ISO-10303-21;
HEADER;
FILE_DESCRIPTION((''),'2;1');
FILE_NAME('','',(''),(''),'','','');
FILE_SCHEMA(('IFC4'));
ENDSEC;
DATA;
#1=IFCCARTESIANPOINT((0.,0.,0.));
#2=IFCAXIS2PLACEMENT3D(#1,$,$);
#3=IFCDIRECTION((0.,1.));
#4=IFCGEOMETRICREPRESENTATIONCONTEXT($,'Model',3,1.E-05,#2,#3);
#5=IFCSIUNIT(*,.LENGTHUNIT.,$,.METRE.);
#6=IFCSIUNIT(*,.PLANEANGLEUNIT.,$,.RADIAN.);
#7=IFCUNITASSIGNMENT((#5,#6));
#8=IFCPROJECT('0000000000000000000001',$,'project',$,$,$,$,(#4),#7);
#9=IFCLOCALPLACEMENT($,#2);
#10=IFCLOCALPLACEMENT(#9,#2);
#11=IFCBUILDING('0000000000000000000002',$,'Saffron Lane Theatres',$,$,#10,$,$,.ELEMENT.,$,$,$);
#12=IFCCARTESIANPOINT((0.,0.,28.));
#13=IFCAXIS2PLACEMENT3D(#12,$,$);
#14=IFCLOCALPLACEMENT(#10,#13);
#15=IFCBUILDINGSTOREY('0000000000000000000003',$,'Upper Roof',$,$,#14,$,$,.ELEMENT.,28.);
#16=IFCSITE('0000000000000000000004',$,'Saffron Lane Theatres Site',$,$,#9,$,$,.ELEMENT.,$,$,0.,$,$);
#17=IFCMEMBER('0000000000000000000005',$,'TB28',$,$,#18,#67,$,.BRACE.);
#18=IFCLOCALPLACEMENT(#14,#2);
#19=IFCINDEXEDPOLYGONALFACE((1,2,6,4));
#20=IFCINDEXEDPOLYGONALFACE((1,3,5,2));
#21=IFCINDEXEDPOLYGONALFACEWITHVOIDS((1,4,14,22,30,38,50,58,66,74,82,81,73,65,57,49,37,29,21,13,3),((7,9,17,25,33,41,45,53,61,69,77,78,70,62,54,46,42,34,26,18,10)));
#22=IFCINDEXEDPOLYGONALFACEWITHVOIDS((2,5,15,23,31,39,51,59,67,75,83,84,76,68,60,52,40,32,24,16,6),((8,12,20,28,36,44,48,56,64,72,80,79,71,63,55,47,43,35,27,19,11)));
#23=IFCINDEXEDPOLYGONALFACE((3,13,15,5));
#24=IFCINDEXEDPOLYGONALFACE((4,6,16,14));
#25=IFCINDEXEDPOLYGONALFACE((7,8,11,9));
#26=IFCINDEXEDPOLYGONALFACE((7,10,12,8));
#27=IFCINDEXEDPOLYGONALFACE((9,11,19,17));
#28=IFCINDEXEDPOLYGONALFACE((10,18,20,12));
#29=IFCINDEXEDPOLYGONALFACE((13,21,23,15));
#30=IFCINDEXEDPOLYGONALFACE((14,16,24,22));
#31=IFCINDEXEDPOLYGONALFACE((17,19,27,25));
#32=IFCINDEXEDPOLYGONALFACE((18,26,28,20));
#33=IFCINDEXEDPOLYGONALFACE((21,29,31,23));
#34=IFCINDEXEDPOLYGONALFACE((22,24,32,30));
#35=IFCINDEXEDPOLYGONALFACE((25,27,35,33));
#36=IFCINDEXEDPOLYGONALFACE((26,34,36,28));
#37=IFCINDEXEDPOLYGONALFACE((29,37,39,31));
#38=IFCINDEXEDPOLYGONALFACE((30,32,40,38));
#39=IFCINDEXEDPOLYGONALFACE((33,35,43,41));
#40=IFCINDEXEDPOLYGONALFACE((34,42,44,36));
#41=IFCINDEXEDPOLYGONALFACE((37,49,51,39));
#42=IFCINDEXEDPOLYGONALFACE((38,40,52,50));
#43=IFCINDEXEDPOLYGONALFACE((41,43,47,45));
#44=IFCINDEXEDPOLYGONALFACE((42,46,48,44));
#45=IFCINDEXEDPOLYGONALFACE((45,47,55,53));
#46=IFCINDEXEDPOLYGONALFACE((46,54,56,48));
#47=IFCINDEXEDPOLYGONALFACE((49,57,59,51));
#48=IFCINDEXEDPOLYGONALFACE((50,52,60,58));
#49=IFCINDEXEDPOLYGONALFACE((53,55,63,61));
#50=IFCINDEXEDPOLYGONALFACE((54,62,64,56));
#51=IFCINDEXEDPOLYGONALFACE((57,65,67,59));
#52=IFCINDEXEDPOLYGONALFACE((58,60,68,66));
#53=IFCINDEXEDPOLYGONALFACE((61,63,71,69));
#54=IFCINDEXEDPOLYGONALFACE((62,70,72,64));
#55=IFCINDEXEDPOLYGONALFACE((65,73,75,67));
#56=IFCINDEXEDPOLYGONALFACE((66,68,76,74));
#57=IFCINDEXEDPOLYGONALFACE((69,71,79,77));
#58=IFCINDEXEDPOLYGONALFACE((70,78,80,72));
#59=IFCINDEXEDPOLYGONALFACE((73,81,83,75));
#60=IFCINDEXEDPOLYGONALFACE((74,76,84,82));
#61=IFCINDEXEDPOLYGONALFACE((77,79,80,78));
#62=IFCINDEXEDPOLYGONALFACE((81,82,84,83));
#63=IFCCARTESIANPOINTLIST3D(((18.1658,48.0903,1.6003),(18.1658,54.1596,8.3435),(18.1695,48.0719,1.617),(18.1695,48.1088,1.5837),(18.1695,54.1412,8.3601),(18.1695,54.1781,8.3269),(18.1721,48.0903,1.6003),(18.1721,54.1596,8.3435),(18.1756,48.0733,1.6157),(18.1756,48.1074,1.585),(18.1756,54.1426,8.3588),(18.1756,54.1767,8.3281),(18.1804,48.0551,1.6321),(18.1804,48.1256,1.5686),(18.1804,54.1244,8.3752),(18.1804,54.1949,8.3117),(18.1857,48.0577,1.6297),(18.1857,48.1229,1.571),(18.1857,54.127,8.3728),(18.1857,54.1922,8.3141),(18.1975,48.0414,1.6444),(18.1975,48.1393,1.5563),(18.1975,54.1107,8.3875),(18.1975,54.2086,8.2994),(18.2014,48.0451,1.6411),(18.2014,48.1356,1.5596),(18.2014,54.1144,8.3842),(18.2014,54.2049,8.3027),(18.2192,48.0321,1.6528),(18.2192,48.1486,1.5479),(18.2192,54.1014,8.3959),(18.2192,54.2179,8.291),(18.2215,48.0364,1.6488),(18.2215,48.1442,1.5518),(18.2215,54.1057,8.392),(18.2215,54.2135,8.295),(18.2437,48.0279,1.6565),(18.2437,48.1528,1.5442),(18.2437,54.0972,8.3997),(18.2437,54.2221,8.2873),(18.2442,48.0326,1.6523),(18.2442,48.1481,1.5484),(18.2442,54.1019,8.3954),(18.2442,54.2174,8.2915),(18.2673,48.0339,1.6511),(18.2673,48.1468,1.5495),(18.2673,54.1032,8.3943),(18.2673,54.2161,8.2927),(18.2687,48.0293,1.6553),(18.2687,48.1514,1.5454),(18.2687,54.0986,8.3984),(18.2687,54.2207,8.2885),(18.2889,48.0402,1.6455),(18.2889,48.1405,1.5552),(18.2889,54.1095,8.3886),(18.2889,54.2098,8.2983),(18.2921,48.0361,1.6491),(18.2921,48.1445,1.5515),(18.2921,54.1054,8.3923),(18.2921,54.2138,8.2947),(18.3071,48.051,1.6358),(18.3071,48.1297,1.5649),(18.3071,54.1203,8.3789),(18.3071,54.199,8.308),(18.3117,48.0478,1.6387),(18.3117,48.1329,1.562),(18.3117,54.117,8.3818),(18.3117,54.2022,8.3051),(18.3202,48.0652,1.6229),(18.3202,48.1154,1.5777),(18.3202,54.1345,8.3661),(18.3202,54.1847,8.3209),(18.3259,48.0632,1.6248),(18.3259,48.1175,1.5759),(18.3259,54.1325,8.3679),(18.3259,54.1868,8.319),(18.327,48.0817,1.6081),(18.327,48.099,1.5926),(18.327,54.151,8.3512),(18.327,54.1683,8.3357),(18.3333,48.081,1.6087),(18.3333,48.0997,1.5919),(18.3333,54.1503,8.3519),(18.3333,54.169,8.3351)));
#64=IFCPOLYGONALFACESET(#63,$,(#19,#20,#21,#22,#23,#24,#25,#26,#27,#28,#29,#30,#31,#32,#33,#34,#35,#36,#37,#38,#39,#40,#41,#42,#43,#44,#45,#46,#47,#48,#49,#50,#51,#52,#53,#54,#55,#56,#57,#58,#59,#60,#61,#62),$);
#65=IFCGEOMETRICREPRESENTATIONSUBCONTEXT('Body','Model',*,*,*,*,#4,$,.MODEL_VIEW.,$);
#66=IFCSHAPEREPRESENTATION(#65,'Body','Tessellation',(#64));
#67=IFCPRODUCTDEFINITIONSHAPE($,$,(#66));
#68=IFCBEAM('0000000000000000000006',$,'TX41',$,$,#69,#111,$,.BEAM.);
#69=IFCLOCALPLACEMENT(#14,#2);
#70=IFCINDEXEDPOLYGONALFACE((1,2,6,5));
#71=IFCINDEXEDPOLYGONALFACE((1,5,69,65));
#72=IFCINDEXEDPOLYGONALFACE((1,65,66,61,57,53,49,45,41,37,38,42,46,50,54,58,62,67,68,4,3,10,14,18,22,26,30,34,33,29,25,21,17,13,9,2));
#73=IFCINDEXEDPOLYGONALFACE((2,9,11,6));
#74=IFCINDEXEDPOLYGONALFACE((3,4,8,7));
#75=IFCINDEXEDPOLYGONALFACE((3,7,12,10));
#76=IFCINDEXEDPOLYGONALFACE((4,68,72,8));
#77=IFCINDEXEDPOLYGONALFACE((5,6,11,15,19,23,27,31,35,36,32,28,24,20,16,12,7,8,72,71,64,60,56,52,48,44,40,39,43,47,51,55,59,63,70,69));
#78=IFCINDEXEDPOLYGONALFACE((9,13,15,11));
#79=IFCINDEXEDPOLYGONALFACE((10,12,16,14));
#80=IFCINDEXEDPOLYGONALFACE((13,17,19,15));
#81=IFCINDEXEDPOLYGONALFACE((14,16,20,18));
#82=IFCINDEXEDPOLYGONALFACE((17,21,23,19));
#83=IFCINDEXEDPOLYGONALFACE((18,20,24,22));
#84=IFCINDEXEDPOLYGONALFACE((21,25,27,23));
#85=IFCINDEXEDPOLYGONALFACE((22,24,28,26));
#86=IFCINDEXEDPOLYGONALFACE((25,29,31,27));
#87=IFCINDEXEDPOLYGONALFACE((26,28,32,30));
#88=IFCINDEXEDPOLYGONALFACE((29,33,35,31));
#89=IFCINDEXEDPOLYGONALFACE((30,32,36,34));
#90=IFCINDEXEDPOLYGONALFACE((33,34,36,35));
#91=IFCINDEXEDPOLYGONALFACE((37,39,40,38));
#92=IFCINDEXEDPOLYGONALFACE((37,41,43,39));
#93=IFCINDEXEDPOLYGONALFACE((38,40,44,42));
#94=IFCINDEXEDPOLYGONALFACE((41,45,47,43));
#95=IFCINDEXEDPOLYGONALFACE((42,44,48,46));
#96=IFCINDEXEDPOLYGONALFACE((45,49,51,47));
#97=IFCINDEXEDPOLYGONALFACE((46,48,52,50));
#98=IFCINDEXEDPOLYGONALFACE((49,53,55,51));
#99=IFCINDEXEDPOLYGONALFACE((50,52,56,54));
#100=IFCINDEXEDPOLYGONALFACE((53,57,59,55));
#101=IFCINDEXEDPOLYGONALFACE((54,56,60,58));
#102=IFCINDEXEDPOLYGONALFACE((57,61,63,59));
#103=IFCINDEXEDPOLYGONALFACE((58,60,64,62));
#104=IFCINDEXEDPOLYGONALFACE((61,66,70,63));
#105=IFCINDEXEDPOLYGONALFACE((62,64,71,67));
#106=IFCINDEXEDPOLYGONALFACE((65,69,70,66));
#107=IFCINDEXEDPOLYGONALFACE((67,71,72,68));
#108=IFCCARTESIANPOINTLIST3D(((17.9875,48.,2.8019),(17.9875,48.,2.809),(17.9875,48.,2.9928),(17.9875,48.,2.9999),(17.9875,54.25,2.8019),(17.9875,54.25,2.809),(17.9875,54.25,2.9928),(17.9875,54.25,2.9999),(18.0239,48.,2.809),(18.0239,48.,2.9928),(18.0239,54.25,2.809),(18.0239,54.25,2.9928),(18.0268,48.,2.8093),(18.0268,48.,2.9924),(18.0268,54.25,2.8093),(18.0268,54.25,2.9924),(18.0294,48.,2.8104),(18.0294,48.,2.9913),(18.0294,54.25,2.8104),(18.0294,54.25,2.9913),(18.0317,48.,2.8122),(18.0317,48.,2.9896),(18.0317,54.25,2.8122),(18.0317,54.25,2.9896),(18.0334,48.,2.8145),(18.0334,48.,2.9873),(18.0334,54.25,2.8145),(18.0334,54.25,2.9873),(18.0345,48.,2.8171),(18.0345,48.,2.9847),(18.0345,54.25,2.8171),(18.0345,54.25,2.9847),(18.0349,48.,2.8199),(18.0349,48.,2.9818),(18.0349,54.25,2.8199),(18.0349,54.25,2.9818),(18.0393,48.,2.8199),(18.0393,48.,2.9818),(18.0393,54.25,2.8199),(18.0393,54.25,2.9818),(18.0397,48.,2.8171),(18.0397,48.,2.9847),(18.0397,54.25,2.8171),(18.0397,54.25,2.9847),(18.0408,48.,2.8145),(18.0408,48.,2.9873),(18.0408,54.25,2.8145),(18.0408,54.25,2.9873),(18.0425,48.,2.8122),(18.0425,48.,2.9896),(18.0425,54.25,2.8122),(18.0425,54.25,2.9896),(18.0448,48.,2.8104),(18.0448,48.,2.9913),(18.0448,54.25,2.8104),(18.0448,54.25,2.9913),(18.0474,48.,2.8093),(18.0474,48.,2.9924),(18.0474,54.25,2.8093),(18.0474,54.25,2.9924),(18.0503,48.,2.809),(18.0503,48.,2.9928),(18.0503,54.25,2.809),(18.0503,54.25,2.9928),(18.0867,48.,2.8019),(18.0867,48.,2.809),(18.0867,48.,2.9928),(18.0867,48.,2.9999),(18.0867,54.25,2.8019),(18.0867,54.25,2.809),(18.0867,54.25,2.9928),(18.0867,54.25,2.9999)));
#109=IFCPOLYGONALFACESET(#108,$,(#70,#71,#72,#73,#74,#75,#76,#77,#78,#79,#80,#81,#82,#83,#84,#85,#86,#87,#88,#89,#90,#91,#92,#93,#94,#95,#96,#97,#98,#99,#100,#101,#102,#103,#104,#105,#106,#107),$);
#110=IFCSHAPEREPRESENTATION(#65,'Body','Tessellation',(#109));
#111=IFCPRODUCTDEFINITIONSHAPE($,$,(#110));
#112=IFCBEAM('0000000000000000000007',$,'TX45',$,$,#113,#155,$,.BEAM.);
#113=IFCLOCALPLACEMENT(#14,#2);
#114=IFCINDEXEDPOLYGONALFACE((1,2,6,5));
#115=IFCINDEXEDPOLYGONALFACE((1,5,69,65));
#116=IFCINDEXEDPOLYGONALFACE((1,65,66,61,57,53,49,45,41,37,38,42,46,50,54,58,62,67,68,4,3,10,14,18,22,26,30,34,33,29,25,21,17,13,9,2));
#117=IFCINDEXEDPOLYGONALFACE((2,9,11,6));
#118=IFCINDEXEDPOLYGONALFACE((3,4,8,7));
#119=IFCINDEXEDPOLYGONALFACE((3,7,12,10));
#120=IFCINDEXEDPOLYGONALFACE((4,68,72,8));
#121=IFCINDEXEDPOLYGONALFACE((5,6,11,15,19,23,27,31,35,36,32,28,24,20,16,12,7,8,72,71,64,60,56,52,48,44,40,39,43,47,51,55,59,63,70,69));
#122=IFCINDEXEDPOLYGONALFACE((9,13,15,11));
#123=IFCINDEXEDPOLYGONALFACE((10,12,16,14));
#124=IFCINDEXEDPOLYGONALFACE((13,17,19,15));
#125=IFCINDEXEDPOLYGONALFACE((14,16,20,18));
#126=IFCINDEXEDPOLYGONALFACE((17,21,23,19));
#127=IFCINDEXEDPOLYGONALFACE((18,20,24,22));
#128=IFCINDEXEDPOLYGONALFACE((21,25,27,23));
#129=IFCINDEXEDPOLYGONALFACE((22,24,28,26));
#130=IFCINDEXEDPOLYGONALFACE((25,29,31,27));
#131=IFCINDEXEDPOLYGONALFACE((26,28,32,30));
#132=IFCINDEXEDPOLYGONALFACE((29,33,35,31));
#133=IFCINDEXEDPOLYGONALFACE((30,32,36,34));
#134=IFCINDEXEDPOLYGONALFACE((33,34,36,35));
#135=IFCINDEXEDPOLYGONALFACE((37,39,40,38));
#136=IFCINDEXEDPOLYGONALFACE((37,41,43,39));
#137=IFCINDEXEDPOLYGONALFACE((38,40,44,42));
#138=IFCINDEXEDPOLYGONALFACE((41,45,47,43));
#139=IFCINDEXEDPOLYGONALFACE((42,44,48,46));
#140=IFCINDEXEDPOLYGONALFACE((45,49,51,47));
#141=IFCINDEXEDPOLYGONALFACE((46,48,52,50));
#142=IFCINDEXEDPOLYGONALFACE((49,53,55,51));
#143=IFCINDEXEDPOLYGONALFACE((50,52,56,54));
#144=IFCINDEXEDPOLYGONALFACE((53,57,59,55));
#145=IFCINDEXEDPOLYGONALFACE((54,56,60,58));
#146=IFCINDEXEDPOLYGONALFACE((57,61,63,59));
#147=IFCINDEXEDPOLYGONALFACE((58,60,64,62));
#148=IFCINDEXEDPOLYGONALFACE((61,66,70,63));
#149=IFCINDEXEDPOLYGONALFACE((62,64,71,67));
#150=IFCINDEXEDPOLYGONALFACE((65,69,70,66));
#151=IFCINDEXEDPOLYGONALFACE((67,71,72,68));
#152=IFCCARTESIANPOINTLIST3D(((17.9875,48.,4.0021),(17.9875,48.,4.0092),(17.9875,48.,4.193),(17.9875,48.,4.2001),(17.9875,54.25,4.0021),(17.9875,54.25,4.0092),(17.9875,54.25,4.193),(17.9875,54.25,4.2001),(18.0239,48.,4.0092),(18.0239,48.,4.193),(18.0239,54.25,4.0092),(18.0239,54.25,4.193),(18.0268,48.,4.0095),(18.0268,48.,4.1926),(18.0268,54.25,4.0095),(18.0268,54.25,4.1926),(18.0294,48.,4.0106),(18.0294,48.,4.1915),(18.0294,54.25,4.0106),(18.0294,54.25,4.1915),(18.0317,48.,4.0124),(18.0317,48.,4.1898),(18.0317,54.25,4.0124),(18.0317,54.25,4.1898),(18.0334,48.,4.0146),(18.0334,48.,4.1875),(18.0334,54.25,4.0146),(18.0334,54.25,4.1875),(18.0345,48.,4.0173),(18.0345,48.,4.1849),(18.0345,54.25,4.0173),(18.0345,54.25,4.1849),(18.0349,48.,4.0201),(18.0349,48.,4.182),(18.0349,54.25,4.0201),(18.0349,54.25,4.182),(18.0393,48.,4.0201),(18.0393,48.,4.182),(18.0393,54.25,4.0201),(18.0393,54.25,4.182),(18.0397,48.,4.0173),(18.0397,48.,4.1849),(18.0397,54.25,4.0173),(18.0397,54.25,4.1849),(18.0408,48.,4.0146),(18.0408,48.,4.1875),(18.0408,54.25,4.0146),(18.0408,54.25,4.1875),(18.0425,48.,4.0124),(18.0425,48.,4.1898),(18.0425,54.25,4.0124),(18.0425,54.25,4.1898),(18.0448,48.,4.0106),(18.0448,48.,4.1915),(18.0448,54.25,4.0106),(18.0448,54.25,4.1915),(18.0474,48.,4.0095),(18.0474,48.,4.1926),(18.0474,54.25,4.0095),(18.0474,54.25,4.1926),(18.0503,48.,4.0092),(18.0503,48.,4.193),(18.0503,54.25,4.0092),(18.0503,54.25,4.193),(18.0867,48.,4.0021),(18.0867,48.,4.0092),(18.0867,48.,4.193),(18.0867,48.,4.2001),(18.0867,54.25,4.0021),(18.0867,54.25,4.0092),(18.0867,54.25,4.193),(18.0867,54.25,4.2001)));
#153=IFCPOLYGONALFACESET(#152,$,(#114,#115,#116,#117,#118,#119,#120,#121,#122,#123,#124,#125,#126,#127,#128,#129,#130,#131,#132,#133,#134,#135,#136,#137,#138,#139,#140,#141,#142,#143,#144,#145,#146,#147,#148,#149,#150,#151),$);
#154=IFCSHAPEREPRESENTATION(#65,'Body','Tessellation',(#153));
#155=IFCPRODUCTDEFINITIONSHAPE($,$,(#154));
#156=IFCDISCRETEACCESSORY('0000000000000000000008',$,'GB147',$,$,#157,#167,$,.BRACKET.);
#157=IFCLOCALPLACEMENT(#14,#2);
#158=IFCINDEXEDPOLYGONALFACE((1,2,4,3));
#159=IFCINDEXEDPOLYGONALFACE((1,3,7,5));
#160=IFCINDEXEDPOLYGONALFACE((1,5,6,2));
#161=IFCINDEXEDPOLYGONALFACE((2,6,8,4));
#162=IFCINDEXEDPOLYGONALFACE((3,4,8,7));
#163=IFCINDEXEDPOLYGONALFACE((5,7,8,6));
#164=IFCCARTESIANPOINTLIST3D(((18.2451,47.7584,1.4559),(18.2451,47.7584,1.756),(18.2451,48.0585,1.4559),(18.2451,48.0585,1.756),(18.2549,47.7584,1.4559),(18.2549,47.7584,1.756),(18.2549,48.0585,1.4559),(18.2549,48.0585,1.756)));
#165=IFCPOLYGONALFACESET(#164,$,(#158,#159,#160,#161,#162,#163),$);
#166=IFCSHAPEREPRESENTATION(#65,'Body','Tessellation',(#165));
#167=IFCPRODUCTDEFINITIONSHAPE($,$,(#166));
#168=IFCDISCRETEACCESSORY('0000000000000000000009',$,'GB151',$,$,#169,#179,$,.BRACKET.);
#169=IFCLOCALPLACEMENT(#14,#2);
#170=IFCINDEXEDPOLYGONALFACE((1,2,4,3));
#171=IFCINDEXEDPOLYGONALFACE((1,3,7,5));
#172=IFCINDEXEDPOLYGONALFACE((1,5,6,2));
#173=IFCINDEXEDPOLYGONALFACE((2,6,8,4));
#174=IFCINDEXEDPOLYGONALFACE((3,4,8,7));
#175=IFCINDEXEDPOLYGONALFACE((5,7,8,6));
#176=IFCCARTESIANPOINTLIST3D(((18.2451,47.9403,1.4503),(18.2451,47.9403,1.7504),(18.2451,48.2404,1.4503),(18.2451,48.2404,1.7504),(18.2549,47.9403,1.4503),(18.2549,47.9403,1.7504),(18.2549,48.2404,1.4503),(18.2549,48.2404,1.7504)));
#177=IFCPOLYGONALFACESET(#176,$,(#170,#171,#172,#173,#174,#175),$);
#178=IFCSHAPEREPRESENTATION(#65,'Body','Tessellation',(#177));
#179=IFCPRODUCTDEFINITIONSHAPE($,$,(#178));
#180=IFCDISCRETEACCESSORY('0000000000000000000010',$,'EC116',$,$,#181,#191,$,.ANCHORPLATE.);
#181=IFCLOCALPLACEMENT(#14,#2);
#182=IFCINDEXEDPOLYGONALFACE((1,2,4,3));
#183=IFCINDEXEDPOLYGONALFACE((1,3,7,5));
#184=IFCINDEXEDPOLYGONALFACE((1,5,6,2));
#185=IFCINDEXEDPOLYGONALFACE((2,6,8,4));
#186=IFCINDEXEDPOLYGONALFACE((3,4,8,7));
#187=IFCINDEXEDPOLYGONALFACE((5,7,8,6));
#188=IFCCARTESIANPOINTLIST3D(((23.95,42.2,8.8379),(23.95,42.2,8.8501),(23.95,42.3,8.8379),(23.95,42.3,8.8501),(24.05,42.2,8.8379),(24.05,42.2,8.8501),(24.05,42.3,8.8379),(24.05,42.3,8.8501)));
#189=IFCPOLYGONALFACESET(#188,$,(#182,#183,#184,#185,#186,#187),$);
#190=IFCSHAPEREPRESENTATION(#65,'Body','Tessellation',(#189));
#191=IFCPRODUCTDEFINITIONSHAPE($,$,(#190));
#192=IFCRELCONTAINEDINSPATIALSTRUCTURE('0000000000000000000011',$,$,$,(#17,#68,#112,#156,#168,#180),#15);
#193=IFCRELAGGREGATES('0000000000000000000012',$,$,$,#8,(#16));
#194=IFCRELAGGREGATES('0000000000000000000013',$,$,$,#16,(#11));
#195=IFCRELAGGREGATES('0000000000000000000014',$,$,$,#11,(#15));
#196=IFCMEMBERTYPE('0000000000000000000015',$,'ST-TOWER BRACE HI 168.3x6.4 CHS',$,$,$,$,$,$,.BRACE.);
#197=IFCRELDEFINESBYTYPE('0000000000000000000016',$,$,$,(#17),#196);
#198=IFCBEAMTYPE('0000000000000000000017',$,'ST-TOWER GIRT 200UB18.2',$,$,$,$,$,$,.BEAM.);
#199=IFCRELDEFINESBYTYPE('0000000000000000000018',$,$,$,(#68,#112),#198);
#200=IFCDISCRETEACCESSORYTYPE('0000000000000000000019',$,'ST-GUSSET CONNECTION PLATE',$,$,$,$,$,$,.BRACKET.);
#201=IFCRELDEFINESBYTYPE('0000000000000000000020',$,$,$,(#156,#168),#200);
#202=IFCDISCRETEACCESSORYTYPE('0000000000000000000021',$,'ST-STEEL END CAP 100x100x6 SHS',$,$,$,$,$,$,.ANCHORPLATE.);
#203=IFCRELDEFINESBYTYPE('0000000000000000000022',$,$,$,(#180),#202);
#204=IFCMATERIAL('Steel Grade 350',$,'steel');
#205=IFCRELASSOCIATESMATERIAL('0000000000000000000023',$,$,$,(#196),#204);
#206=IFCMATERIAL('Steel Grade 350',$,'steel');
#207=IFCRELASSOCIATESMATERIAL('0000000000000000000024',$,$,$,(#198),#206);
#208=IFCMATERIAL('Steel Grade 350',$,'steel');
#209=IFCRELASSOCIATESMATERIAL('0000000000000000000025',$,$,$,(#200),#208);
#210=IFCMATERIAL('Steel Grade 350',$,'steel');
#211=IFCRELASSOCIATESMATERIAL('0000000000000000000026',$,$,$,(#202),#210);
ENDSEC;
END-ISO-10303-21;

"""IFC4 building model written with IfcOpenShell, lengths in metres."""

from ifc_helpers import new_model, si_unit, direction, frame, origin, origin_2d, place, context, subcontext, project, spatial, rectangle, hollow_circle, i_section, extrude, material, material_profile, profile_set, type_object, element, save


model = new_model("IFC4")

# Units and contexts
model_context = context("Model", 3, precision=1e-05, world=origin(), true_north=direction((0.0, 1.0)))
body_context = subcontext(model_context, "Body", "Model", "MODEL_VIEW")
ifc_project = project(units=[si_unit("LENGTHUNIT", "METRE"), si_unit("PLANEANGLEUNIT", "RADIAN")], contexts=[model_context])

# Site, building, storey
site_placement = place(None, origin())
site = spatial("IfcSite", under=ifc_project, at=site_placement, Name="Saffron Lane Theatres Site", CompositionType="ELEMENT", RefElevation=0.0)
building_placement = place(site_placement, origin())
building = spatial("IfcBuilding", under=site, at=building_placement, Name="Saffron Lane Theatres", CompositionType="ELEMENT")
storey_placement = place(building_placement, frame((0.0, 0.0, 28.0)))
storey = spatial("IfcBuildingStorey", under=building, at=storey_placement, Name="Upper Roof", CompositionType="ELEMENT", Elevation=28.0)

# Member
ifc_material_1 = material(Name="Steel Grade 350", Category="steel")
ifc_material_profile_1 = material_profile(ifc_material_1, hollow_circle(Radius=0.0842, WallThickness=0.0063, at=origin_2d()))
ifc_profile_set_1 = profile_set([ifc_material_profile_1], Name="Steel Grade 350")
member_type_1 = type_object("IfcMemberType", Name="ST-TOWER BRACE HI 168.3x6.4 CHS", PredefinedType="BRACE", material=ifc_profile_set_1)
member_1_placement = place(storey_placement, frame((18.25, 48.0903, 1.6003), z_axis=(0.0, 0.668994, 0.743267), x_axis=(-1.0, 0.0, 0.0)))
element("IfcMember", 1, at=member_1_placement, inside=storey, type_object=member_type_1, Name="TB28", PredefinedType="BRACE", context=body_context, shape_type="SweptSolid", body=[
    extrude(hollow_circle(Radius=0.0842, WallThickness=0.0063, at=origin_2d()), origin(), (0.0, 0.0, 1.0), 9.0723),
])

# Beams
ifc_material_2 = material(Name="Steel Grade 350", Category="steel")
ifc_material_profile_2 = material_profile(ifc_material_2, i_section(OverallWidth=0.0991, OverallDepth=0.198, WebThickness=0.0044, FlangeThickness=0.0071, FilletRadius=0.011, at=origin_2d()))
ifc_profile_set_2 = profile_set([ifc_material_profile_2], Name="Steel Grade 350")
beam_type_1 = type_object("IfcBeamType", Name="ST-TOWER GIRT 200UB18.2", PredefinedType="BEAM", material=ifc_profile_set_2)
for number, where, z_axis, x_axis, name in (
    (2, (18.0371, 48.0, 2.9009), (0.0, 1.0, 0.0), (-1.0, 0.0, 0.0), "TX41"),
    (3, (18.0371, 48.0, 4.1011), (0.0, 1.0, 0.0), (-1.0, 0.0, 0.0), "TX45"),
):
    element("IfcBeam", number, at=place(storey_placement, frame(where, z_axis=z_axis, x_axis=x_axis)), inside=storey, type_object=beam_type_1, Name=name, PredefinedType="BEAM", context=body_context, shape_type="SweptSolid", body=[
        extrude(i_section(OverallWidth=0.0991, OverallDepth=0.198, WebThickness=0.0044, FlangeThickness=0.0071, FilletRadius=0.011, at=origin_2d()), origin(), (0.0, 0.0, 1.0), 6.25),
    ])

# Discrete accessories
ifc_material_3 = material(Name="Steel Grade 350", Category="steel")
ifc_material_profile_3 = material_profile(ifc_material_3, rectangle(XDim=0.3, YDim=0.3, at=origin_2d()))
ifc_profile_set_3 = profile_set([ifc_material_profile_3], Name="Steel Grade 350")
discrete_accessory_type_1 = type_object("IfcDiscreteAccessoryType", Name="ST-GUSSET CONNECTION PLATE", PredefinedType="BRACKET", material=ifc_profile_set_3)
for number, where, z_axis, x_axis, name in (
    (4, (18.2451, 47.9084, 1.606), (1.0, 0.0, 0.0), (0.0, 1.0, 0.0), "GB147"),
    (5, (18.2451, 48.0903, 1.6003), (1.0, 0.0, 0.0), (0.0, 1.0, 0.0), "GB151"),
):
    element("IfcDiscreteAccessory", number, at=place(storey_placement, frame(where, z_axis=z_axis, x_axis=x_axis)), inside=storey, type_object=discrete_accessory_type_1, Name=name, PredefinedType="BRACKET", context=body_context, shape_type="SweptSolid", body=[
        extrude(rectangle(XDim=0.3, YDim=0.3, at=origin_2d()), origin(), (0.0, 0.0, 1.0), 0.0098),
    ])
ifc_material_4 = material(Name="Steel Grade 350", Category="steel")
ifc_material_profile_4 = material_profile(ifc_material_4, rectangle(XDim=0.1001, YDim=0.1001, at=origin_2d()))
ifc_profile_set_4 = profile_set([ifc_material_profile_4], Name="Steel Grade 350")
discrete_accessory_type_2 = type_object("IfcDiscreteAccessoryType", Name="ST-STEEL END CAP 100x100x6 SHS", PredefinedType="ANCHORPLATE", material=ifc_profile_set_4)
for number, where, z_axis, x_axis, name in (
    (6, (24.0, 42.25, 8.8379), (0.0, 0.0, 1.0), (1.0, 0.0, 0.0), "EC116"),
):
    element("IfcDiscreteAccessory", number, at=place(storey_placement, frame(where, z_axis=z_axis, x_axis=x_axis)), inside=storey, type_object=discrete_accessory_type_2, Name=name, PredefinedType="ANCHORPLATE", context=body_context, shape_type="SweptSolid", body=[
        extrude(rectangle(XDim=0.1001, YDim=0.1001, at=origin_2d()), origin(), (0.0, 0.0, 1.0), 0.0122),
    ])

save(model, "model.ifc")
